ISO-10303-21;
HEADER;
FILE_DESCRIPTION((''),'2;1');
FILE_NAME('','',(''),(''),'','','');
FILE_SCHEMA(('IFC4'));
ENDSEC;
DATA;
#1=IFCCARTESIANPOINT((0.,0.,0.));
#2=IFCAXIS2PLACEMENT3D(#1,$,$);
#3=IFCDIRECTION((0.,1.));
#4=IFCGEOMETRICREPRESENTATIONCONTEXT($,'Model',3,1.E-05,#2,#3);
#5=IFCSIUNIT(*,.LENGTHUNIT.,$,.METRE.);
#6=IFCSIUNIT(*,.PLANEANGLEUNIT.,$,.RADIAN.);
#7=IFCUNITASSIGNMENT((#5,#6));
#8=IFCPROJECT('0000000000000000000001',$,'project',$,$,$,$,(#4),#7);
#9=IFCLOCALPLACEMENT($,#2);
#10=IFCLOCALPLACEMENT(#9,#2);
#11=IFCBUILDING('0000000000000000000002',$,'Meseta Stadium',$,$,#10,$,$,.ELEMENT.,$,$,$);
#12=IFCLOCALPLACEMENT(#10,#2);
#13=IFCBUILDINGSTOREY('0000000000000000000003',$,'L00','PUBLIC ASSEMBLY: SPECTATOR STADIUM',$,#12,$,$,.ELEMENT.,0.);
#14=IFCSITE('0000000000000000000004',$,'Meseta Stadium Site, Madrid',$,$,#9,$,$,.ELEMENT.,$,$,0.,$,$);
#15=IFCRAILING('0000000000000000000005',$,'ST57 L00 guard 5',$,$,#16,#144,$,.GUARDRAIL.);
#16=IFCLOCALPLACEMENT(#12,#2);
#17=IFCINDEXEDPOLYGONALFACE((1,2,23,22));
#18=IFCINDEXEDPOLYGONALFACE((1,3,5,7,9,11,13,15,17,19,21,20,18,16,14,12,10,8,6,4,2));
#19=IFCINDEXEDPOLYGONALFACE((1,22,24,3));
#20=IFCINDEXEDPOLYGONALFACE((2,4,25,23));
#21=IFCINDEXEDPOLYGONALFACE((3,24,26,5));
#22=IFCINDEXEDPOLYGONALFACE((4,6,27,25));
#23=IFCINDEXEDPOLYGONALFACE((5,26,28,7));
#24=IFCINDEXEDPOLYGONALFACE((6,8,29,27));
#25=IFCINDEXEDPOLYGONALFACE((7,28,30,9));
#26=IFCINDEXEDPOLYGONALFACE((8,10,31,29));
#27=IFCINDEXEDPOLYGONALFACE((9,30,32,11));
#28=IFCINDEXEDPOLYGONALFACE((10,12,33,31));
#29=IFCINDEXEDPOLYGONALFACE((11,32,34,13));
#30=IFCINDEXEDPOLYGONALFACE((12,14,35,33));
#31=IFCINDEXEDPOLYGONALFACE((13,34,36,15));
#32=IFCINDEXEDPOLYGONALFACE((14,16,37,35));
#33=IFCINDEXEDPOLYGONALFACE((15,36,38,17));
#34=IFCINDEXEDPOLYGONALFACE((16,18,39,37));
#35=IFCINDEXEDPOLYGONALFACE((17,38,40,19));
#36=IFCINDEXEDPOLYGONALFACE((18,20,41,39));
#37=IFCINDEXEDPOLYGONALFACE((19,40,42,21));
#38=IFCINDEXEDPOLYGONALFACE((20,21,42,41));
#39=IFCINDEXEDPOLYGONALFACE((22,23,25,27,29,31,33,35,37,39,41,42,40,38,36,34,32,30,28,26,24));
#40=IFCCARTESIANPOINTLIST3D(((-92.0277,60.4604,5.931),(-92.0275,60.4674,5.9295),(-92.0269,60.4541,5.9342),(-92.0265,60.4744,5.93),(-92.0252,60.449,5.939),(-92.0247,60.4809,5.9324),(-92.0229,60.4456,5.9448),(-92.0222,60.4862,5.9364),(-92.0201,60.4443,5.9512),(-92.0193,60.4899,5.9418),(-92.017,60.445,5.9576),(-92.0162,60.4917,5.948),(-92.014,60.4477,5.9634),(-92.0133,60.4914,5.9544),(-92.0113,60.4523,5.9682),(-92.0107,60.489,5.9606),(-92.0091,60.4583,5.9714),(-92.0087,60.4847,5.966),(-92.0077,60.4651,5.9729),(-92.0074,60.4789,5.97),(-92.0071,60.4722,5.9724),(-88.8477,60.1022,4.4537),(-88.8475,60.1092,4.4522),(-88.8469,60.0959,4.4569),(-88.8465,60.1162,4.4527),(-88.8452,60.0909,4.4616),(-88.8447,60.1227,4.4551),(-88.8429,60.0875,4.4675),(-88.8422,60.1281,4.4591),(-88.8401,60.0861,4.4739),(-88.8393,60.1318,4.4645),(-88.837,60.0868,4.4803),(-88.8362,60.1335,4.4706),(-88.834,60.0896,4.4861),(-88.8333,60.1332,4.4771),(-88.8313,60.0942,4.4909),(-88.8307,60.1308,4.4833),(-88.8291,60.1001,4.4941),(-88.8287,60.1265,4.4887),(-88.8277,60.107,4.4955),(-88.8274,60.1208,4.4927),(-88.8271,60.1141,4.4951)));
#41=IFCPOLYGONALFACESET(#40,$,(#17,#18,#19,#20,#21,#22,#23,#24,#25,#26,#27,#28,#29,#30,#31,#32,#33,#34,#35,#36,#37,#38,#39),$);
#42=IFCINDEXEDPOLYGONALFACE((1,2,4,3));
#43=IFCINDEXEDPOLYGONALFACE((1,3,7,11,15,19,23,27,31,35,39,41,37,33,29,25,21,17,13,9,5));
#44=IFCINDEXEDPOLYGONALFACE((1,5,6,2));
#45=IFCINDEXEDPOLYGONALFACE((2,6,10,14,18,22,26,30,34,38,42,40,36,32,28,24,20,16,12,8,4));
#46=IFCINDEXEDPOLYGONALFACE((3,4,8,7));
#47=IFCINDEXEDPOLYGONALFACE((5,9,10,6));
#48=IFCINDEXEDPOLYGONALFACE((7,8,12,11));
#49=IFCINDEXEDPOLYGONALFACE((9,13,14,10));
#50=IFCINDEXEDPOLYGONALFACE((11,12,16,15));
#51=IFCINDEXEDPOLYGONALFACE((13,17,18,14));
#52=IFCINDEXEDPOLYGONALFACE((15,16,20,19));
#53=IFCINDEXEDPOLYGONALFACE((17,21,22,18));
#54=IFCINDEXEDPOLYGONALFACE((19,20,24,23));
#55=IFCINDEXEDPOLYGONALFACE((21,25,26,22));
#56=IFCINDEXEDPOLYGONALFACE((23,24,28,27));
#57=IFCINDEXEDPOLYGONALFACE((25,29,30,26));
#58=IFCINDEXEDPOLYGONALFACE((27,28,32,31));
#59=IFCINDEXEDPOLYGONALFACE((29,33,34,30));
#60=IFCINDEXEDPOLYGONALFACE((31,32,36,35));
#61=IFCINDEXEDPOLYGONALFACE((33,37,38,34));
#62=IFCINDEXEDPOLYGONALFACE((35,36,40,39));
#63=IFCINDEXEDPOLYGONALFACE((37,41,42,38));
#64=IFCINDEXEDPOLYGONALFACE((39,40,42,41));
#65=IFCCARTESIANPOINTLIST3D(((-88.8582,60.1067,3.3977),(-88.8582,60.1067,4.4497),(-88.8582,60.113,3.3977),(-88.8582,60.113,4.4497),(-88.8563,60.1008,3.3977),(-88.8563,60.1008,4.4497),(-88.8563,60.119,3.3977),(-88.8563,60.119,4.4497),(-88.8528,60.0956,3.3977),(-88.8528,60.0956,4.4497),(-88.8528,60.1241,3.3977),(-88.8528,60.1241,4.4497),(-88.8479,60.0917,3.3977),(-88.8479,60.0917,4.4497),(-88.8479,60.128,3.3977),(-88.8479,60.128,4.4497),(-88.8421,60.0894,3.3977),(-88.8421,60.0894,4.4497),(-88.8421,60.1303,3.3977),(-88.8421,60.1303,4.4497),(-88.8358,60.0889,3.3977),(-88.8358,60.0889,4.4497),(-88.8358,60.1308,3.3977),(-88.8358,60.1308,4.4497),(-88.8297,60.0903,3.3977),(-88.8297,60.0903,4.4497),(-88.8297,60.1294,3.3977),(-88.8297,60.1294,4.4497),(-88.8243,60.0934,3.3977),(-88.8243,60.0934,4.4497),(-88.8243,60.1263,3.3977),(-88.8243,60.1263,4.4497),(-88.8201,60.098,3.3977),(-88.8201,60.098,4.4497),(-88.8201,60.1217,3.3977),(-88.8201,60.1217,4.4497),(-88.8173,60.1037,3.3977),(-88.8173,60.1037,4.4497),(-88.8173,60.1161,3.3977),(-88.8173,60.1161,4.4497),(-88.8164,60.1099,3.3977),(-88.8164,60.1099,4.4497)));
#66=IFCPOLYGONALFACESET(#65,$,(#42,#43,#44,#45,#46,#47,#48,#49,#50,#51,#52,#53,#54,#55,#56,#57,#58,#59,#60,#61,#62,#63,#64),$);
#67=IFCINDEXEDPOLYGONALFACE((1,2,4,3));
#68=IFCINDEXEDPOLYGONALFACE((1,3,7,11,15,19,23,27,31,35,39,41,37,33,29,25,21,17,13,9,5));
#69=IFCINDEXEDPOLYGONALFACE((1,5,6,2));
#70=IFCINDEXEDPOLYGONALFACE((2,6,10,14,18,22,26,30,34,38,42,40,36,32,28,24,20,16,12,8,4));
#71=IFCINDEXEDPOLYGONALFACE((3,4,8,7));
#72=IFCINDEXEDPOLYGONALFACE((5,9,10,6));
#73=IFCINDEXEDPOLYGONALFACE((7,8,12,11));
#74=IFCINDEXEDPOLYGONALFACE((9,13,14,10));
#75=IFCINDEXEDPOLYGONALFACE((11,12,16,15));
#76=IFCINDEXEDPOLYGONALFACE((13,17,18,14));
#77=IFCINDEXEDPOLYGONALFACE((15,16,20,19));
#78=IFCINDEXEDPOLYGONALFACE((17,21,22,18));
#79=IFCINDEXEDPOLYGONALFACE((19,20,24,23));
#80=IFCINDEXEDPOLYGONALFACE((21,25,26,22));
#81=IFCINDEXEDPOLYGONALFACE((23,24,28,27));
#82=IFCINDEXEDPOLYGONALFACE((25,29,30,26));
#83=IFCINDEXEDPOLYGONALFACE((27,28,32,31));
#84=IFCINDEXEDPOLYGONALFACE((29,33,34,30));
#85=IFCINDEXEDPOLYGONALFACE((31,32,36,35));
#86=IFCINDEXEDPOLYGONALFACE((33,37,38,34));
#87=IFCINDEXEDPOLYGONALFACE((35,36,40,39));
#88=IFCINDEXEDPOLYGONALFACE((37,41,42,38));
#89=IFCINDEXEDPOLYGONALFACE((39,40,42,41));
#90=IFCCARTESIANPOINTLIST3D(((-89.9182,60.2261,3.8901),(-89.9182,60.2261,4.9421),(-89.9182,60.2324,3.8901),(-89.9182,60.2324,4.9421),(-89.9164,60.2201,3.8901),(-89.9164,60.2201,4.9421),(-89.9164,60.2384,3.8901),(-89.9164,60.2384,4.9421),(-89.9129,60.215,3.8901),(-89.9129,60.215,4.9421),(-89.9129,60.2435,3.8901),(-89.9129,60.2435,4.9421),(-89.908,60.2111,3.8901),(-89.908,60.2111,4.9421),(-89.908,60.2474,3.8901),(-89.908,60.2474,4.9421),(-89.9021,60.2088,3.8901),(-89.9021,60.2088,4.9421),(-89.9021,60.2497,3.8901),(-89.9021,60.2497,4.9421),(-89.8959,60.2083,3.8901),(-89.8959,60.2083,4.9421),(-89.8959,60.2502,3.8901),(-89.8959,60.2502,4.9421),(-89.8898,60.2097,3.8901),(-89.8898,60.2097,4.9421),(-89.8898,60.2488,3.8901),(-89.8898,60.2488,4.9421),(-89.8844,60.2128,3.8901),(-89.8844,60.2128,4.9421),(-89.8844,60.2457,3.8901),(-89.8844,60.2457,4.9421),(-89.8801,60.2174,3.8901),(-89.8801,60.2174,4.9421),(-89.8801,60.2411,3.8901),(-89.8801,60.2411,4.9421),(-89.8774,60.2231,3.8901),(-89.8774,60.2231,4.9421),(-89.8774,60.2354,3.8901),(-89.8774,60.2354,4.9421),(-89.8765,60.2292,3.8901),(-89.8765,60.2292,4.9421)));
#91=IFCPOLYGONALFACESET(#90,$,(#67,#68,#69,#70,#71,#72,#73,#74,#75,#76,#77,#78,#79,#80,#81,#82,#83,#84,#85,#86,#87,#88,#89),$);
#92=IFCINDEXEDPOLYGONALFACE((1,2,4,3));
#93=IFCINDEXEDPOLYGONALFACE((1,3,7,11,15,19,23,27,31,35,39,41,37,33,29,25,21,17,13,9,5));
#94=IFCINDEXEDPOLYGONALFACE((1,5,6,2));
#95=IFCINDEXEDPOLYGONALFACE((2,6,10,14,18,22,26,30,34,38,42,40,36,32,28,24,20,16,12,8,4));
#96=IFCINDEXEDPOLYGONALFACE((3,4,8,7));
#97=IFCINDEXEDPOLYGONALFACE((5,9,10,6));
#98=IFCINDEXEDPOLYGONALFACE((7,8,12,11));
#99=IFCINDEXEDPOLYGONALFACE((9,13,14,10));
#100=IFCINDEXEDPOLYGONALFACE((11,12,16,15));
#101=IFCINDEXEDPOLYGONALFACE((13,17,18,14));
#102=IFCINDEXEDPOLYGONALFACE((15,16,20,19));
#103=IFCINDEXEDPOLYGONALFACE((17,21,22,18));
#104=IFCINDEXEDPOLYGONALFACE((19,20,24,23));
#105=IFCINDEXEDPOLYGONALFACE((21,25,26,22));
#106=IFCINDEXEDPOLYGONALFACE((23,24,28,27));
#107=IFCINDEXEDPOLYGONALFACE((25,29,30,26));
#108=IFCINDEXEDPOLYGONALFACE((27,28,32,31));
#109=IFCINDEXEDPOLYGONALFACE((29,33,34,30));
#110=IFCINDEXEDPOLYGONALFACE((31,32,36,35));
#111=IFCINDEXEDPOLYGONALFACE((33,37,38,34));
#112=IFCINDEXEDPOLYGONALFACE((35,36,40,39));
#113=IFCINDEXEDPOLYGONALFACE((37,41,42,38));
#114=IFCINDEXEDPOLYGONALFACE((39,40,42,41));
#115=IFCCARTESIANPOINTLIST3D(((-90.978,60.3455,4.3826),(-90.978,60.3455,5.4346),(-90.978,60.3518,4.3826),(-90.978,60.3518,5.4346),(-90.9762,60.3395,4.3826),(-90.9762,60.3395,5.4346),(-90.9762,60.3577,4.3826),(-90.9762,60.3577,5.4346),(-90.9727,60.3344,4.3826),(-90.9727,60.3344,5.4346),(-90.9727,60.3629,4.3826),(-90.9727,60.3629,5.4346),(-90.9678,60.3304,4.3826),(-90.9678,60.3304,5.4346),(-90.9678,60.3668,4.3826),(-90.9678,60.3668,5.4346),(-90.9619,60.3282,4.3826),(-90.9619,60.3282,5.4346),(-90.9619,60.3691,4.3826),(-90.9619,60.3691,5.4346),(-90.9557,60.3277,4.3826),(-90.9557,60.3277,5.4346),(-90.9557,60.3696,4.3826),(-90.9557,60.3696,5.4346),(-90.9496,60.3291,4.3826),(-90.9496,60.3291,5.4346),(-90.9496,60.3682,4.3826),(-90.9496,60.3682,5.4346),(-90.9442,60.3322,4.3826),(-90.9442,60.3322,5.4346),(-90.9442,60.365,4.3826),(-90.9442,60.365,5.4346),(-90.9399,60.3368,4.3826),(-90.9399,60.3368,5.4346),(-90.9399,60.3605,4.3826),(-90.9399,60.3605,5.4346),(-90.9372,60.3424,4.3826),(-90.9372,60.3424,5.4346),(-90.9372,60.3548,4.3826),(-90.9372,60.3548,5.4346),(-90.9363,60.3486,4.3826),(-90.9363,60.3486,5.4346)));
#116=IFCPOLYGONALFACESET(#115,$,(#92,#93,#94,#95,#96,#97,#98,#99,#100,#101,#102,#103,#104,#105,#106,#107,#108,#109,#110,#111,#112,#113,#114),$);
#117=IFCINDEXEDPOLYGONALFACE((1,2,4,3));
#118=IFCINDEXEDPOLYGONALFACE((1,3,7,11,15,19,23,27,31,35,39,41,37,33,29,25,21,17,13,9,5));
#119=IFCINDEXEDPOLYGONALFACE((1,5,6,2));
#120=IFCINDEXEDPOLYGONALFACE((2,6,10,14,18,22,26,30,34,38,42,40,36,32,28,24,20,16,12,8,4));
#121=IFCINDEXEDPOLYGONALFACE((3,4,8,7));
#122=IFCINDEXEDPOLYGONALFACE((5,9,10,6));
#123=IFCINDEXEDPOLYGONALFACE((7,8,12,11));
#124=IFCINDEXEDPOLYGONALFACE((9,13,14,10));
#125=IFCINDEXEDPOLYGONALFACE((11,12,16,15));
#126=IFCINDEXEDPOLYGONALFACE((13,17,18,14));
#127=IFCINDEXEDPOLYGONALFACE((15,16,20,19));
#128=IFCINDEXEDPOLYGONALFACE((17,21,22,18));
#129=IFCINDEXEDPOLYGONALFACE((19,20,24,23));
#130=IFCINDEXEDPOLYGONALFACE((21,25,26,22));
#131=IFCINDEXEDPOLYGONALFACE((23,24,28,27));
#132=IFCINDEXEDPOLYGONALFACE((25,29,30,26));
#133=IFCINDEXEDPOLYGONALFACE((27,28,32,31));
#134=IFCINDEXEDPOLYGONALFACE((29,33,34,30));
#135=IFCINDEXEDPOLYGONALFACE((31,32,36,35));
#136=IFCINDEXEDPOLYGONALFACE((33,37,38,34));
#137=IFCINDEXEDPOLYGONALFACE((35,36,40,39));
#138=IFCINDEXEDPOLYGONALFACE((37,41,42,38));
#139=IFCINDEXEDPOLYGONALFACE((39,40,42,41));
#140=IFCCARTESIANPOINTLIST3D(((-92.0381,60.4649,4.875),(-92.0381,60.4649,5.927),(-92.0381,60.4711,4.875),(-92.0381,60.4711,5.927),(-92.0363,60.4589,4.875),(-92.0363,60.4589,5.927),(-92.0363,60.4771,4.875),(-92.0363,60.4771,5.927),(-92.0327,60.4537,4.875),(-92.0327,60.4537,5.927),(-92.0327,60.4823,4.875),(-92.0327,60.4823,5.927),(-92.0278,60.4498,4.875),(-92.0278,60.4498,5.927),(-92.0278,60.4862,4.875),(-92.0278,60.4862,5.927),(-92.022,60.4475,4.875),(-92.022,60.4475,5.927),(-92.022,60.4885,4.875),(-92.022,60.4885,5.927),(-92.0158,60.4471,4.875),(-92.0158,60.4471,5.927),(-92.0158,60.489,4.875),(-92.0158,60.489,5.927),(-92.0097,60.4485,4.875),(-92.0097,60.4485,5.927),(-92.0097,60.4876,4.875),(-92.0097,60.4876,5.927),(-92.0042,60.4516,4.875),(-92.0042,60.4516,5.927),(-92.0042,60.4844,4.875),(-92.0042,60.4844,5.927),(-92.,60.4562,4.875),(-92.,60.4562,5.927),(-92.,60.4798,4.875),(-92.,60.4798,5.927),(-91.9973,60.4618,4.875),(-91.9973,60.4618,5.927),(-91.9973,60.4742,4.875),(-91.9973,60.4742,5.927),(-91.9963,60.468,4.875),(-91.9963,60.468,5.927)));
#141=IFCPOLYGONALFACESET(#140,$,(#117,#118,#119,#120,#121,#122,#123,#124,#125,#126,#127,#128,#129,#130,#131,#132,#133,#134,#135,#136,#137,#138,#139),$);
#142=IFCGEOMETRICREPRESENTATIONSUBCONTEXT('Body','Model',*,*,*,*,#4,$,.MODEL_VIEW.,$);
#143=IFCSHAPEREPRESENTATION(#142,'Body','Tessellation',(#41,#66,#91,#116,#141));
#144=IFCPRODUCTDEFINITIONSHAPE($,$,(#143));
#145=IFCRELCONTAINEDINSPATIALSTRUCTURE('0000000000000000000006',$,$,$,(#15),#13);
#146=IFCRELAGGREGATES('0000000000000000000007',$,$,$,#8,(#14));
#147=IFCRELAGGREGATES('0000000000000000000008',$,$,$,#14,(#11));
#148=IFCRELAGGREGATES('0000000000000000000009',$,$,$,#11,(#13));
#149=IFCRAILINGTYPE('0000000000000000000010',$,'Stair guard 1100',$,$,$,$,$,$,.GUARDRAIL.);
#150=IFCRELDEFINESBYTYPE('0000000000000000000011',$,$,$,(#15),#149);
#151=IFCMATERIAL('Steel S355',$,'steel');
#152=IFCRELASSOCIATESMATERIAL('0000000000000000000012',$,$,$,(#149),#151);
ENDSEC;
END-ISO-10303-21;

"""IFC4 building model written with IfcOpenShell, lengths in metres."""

from ifc_helpers import new_model, si_unit, direction, frame, origin, origin_2d, place, context, subcontext, project, spatial, circle, extrude, material, type_object, element, save


model = new_model("IFC4")

# Units and contexts
model_context = context("Model", 3, precision=1e-05, world=origin(), true_north=direction((0.0, 1.0)))
body_context = subcontext(model_context, "Body", "Model", "MODEL_VIEW")
ifc_project = project(units=[si_unit("LENGTHUNIT", "METRE"), si_unit("PLANEANGLEUNIT", "RADIAN")], contexts=[model_context])

# Site, building, storey
site_placement = place(None, origin())
site = spatial("IfcSite", under=ifc_project, at=site_placement, Name="Meseta Stadium Site, Madrid", CompositionType="ELEMENT", RefElevation=0.0)
building_placement = place(site_placement, origin())
building = spatial("IfcBuilding", under=site, at=building_placement, Name="Meseta Stadium", CompositionType="ELEMENT")
storey_placement = place(building_placement, origin())
storey = spatial("IfcBuildingStorey", under=building, at=storey_placement, Name="L00", Description="PUBLIC ASSEMBLY: SPECTATOR STADIUM", CompositionType="ELEMENT", Elevation=0.0)

# Railing
ifc_material_1 = material(Name="Steel S355", Category="steel")
railing_type_1 = type_object("IfcRailingType", Name="Stair guard 1100", PredefinedType="GUARDRAIL", material=ifc_material_1)
railing_1_placement = place(storey_placement, frame((-88.8374, 60.1099, 3.3977)))
element("IfcRailing", 1, at=railing_1_placement, inside=storey, type_object=railing_type_1, Name="ST57 L00 guard 5", PredefinedType="GUARDRAIL", context=body_context, shape_type="SweptSolid", body=[
    extrude(circle(Radius=0.0239, at=origin_2d()), frame((0.0, 0.0, 1.0762), z_axis=(-0.902217, 0.101616, 0.419141), x_axis=(-0.111922, -0.993717, 0.0)), (0.0, 0.0, 1.0), 3.5247),
    extrude(circle(Radius=0.021, at=origin_2d()), origin(), (0.0, 0.0, 1.0), 1.052),
    extrude(circle(Radius=0.021, at=origin_2d()), frame((-1.0601, 0.1194, 0.4924)), (0.0, 0.0, 1.0), 1.052),
    extrude(circle(Radius=0.021, at=origin_2d()), frame((-2.1199, 0.2388, 0.9849)), (0.0, 0.0, 1.0), 1.052),
    extrude(circle(Radius=0.021, at=origin_2d()), frame((-3.1799, 0.3582, 1.4773)), (0.0, 0.0, 1.0), 1.052),
])

save(model, "model.ifc")
